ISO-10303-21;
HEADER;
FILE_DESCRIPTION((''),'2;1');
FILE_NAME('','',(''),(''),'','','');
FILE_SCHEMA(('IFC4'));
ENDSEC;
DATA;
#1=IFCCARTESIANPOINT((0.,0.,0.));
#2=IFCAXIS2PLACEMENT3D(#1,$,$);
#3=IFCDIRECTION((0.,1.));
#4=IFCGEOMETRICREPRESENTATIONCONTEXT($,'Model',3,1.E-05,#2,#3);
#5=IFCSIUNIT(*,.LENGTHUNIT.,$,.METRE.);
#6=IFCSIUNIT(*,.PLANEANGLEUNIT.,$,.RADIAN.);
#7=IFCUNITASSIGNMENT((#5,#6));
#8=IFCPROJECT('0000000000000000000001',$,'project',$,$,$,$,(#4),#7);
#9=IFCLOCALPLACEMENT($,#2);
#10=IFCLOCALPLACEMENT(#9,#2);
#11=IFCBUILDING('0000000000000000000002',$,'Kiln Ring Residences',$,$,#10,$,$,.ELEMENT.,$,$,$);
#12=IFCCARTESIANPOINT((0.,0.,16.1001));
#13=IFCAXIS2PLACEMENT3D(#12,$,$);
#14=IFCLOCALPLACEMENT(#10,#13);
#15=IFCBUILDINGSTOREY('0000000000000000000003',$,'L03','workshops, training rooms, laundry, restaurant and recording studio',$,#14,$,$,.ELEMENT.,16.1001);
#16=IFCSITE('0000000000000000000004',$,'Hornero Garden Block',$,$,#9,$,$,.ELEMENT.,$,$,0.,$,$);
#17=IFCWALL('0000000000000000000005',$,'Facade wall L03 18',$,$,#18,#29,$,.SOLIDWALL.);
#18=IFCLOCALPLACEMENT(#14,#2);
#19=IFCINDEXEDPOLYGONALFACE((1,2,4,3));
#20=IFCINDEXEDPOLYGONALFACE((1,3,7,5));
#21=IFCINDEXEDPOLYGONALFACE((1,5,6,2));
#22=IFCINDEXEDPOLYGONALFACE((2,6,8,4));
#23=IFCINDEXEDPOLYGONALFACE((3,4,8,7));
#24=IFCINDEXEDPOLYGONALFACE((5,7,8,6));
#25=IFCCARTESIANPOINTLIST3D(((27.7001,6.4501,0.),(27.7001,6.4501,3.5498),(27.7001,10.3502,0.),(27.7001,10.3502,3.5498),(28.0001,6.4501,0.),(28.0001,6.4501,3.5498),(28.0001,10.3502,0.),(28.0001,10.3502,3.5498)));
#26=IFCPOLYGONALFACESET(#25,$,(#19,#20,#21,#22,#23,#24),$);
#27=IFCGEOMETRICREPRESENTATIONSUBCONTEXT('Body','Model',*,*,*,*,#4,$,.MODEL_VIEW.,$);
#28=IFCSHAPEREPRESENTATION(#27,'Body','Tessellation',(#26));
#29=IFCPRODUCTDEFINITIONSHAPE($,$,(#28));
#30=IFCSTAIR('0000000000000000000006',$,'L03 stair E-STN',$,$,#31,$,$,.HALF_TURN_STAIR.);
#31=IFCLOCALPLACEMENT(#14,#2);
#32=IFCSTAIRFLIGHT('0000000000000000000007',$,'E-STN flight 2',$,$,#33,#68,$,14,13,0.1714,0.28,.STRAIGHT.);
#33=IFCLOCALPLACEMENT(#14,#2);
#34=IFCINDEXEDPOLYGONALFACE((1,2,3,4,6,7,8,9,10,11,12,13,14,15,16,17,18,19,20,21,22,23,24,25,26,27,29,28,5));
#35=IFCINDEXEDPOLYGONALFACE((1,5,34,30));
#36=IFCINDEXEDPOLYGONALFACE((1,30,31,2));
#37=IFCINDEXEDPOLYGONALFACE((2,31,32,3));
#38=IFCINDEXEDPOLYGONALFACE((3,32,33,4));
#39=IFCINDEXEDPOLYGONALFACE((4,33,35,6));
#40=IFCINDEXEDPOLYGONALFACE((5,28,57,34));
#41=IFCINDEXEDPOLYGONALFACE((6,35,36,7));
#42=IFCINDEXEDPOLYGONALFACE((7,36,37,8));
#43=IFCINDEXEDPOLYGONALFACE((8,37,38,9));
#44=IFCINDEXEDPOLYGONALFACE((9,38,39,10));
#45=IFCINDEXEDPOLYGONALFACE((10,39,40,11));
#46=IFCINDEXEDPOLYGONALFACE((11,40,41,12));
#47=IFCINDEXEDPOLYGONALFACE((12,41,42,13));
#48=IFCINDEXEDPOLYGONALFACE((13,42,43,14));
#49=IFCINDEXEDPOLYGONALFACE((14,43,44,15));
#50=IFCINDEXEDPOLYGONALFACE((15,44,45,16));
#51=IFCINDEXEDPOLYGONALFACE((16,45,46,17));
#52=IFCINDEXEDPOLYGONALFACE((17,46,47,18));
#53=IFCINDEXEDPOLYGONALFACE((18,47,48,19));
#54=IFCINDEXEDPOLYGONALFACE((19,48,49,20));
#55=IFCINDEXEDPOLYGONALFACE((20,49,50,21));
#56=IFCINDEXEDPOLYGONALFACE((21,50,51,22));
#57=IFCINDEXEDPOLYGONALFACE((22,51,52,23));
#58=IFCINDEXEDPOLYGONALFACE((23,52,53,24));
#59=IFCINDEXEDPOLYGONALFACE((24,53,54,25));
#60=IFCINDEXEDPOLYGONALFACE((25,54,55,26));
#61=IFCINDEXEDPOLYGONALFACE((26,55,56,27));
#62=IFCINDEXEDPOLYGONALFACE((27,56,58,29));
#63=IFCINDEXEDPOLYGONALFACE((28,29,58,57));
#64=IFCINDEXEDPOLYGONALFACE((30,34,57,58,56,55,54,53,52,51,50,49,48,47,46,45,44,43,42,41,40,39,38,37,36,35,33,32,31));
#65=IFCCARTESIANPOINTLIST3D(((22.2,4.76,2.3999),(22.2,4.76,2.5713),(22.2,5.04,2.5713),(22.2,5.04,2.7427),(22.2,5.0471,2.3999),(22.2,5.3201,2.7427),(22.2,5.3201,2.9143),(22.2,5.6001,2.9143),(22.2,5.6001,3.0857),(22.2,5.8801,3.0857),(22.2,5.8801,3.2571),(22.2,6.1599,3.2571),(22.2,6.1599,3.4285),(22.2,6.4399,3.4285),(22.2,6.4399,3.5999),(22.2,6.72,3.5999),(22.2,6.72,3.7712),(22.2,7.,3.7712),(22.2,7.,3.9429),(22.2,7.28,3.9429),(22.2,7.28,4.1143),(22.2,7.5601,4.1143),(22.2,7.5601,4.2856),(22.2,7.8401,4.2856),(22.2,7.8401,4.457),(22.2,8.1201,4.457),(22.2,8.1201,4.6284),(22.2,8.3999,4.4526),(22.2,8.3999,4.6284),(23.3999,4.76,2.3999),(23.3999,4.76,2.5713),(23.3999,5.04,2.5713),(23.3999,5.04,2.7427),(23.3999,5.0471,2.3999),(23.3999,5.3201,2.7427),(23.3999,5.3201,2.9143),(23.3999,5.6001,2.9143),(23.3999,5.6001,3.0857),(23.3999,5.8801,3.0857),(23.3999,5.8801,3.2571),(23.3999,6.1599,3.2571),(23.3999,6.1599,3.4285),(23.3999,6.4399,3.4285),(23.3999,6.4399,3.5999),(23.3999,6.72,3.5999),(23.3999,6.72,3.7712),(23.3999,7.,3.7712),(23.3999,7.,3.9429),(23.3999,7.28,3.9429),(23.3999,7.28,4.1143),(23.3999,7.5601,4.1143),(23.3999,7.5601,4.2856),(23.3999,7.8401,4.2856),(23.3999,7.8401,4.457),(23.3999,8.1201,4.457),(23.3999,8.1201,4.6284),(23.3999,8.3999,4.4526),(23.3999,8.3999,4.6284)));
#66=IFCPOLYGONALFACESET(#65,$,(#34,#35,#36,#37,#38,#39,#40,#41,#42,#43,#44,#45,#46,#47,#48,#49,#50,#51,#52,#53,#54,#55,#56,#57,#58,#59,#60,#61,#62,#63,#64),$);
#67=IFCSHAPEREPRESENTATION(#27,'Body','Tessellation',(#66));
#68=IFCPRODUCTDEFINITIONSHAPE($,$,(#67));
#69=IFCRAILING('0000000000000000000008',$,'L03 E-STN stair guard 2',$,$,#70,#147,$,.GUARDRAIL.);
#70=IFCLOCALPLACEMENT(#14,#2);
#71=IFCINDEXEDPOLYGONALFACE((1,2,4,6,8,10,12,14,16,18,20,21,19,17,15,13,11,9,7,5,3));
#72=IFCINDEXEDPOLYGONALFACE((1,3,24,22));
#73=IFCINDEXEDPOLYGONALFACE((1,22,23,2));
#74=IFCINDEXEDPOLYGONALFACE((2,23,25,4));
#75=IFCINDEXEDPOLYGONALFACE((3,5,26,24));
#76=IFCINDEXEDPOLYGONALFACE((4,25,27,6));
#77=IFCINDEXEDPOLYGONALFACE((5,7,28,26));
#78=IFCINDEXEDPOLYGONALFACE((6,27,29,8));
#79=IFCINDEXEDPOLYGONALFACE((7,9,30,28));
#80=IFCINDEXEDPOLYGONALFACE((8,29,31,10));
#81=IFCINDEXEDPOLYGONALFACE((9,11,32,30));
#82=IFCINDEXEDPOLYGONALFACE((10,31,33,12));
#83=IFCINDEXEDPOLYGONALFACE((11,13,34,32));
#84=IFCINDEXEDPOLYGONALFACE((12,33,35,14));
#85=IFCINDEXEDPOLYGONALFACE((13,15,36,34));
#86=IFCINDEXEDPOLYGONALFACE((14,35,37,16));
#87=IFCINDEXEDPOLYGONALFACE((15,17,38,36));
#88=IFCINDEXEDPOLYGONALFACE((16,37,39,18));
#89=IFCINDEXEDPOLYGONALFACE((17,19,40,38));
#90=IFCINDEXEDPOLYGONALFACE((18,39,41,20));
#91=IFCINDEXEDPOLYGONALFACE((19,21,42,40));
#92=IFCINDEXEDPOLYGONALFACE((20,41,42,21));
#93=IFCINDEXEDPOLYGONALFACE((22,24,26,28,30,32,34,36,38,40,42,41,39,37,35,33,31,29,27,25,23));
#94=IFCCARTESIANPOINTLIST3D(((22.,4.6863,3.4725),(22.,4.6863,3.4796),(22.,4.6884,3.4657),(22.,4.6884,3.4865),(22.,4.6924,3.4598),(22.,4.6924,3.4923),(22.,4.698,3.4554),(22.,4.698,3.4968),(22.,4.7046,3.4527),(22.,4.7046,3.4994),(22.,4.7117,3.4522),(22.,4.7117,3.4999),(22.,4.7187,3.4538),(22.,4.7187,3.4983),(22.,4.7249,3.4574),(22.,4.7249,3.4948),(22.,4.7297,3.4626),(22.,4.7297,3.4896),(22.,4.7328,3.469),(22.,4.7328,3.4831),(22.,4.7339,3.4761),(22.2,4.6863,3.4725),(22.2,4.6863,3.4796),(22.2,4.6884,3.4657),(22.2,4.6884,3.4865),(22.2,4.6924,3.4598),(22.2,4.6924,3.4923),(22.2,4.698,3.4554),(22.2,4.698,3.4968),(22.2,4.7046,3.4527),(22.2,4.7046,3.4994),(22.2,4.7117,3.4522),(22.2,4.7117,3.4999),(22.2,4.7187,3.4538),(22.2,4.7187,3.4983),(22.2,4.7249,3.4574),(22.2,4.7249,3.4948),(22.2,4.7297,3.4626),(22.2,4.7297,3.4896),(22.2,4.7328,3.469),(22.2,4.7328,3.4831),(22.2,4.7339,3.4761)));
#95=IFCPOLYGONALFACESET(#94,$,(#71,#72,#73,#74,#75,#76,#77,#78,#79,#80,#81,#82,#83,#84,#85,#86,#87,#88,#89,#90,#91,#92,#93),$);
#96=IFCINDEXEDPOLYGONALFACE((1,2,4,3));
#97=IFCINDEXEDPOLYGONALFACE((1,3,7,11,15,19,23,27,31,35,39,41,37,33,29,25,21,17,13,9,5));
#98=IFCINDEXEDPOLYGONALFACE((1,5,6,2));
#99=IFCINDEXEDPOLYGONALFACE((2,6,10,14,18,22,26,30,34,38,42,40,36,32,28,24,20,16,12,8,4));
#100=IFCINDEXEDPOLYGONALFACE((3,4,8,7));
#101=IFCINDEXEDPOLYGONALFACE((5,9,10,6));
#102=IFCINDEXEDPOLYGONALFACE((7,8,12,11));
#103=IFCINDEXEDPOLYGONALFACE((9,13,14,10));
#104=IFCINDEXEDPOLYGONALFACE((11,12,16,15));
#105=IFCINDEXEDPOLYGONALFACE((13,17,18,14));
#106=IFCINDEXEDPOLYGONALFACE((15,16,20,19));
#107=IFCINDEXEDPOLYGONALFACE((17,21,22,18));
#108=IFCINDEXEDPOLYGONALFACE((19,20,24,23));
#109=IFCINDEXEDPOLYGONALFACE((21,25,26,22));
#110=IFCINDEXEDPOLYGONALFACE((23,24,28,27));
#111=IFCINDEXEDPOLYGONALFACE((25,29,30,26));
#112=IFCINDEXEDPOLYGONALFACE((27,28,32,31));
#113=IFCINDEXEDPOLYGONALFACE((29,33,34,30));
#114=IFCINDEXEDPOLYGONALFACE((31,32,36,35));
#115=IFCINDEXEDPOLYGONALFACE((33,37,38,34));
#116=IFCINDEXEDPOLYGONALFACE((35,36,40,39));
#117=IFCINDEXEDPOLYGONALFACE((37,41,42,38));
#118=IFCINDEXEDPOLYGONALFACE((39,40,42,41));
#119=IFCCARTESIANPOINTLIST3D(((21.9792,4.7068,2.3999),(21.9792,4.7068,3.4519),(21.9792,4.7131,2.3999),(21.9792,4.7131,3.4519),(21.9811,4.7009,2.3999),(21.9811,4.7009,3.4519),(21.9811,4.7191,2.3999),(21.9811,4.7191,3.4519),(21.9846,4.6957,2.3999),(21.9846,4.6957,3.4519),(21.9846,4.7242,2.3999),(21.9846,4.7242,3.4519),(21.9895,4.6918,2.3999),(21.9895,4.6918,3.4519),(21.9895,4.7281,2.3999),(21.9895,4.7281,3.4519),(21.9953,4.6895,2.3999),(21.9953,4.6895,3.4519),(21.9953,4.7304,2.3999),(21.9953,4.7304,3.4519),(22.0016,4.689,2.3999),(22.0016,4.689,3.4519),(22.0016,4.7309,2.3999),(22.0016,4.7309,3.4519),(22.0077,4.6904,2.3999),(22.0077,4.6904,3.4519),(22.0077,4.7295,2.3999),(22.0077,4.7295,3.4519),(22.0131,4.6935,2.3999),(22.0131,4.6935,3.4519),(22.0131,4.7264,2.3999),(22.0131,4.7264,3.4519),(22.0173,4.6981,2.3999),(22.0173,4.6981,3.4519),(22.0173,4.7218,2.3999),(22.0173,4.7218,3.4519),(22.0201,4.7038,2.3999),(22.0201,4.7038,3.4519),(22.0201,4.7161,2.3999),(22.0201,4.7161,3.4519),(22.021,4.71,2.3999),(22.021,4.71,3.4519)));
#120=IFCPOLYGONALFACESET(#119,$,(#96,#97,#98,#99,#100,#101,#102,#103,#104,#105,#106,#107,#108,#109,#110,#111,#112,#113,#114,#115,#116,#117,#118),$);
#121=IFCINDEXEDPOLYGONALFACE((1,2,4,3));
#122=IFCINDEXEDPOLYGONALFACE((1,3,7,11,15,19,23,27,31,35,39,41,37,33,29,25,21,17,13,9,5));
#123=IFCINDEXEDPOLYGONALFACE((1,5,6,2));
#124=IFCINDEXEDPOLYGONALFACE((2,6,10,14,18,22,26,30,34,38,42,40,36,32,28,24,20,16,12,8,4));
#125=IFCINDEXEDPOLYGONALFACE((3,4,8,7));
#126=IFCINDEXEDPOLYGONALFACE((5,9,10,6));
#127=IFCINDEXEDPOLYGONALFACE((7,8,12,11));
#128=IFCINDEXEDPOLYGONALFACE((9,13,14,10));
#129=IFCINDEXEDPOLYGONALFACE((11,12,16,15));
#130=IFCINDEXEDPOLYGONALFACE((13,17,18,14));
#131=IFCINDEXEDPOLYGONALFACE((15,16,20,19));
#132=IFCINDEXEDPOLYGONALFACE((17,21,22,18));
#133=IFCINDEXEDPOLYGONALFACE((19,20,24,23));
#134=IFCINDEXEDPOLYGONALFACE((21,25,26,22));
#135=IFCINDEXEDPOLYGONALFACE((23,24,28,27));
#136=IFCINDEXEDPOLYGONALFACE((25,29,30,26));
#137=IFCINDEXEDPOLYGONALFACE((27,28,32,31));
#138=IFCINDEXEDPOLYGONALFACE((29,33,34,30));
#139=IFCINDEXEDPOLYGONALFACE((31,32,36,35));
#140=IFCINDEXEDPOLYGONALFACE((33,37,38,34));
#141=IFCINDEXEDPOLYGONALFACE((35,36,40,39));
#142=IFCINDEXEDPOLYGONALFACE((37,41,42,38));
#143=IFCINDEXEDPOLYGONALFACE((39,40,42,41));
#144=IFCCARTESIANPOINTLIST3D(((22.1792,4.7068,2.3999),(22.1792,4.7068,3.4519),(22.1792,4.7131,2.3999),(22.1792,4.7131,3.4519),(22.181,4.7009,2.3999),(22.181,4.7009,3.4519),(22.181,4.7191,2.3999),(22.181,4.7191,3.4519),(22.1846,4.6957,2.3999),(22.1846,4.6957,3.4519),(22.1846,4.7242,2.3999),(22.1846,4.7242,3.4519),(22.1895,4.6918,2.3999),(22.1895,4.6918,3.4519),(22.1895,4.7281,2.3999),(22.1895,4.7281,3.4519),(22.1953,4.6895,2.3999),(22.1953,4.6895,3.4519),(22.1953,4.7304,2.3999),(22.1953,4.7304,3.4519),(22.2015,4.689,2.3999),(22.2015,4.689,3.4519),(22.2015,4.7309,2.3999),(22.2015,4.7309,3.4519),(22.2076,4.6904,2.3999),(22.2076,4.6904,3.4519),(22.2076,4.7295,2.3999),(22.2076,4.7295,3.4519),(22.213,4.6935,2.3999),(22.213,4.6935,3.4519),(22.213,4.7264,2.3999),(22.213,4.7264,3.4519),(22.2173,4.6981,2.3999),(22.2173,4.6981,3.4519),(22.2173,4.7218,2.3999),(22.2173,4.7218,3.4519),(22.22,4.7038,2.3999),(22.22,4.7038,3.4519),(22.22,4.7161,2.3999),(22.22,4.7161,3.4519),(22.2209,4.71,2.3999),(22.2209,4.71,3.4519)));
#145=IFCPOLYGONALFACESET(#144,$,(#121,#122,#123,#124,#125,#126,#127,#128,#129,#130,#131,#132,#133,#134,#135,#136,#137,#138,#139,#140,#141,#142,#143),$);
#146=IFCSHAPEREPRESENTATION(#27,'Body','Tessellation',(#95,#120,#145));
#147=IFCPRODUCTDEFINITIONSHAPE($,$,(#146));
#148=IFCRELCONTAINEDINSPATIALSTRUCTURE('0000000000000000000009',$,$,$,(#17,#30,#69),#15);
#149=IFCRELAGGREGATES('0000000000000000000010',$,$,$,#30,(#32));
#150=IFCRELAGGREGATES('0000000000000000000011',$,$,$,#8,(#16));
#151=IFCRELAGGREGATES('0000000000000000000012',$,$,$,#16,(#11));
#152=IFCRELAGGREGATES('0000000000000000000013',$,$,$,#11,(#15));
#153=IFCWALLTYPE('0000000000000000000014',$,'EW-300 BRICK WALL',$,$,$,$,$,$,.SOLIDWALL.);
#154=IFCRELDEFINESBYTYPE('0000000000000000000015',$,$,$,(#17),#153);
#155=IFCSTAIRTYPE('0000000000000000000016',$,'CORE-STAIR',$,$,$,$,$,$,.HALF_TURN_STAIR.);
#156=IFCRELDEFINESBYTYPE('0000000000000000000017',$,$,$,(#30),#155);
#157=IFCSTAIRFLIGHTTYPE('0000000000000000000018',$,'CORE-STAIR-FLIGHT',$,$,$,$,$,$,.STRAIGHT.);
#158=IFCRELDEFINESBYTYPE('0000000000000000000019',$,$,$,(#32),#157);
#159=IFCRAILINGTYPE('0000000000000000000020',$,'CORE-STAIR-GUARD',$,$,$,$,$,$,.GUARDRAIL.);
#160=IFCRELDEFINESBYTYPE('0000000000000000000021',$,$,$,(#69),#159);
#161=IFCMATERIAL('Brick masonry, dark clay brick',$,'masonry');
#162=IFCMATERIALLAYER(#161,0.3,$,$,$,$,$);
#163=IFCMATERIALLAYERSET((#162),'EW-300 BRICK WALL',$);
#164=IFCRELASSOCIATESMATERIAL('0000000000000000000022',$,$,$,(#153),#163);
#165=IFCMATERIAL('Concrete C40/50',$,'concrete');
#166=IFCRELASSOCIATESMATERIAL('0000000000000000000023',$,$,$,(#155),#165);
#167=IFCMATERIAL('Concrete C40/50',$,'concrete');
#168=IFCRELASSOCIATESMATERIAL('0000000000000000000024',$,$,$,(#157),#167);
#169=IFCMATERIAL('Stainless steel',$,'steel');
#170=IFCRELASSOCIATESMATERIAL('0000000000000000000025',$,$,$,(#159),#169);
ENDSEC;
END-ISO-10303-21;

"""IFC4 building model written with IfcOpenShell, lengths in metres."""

from ifc_helpers import new_model, si_unit, direction, frame, frame_2d, origin, origin_2d, place, context, subcontext, project, spatial, polyline, rectangle, circle, outline, extrude, material, layer, layer_set, type_object, element, aggregate, save


model = new_model("IFC4")

# Units and contexts
model_context = context("Model", 3, precision=1e-05, world=origin(), true_north=direction((0.0, 1.0)))
body_context = subcontext(model_context, "Body", "Model", "MODEL_VIEW")
ifc_project = project(units=[si_unit("LENGTHUNIT", "METRE"), si_unit("PLANEANGLEUNIT", "RADIAN")], contexts=[model_context])

# Site, building, storey
site_placement = place(None, origin())
site = spatial("IfcSite", under=ifc_project, at=site_placement, Name="Hornero Garden Block", CompositionType="ELEMENT", RefElevation=0.0)
building_placement = place(site_placement, origin())
building = spatial("IfcBuilding", under=site, at=building_placement, Name="Kiln Ring Residences", CompositionType="ELEMENT")
storey_placement = place(building_placement, frame((0.0, 0.0, 16.1001)))
storey = spatial("IfcBuildingStorey", under=building, at=storey_placement, Name="L03", Description="workshops, training rooms, laundry, restaurant and recording studio", CompositionType="ELEMENT", Elevation=16.1001)

# Wall
ifc_material_1 = material(Name="Brick masonry, dark clay brick", Category="masonry")
ifc_layer_1 = layer(ifc_material_1, 0.3)
ifc_layer_set_1 = layer_set([ifc_layer_1], Name="EW-300 BRICK WALL")
wall_type_1 = type_object("IfcWallType", Name="EW-300 BRICK WALL", PredefinedType="SOLIDWALL", material=ifc_layer_set_1)
wall_1_placement = place(storey_placement, frame((27.8501, 6.45, 0.0), z_axis=(0.0, 0.0, 1.0), x_axis=(0.0, 1.0, 0.0)))
element("IfcWall", 1, at=wall_1_placement, inside=storey, type_object=wall_type_1, Name="Facade wall L03 18", PredefinedType="SOLIDWALL", context=body_context, shape_type="SweptSolid", body=[
    extrude(rectangle(XDim=3.9001, YDim=0.3, at=frame_2d((1.9502, 0.0))), origin(), (0.0, 0.0, 1.0), 3.5498),
])

# Stair, stair flight
ifc_material_2 = material(Name="Concrete C40/50", Category="concrete")
stair_type = type_object("IfcStairType", Name="CORE-STAIR", PredefinedType="HALF_TURN_STAIR", material=ifc_material_2)
stair_placement = place(storey_placement, origin())
stair = element("IfcStair", 2, at=stair_placement, inside=storey, type_object=stair_type, Name="L03 stair E-STN", PredefinedType="HALF_TURN_STAIR")
ifc_material_3 = material(Name="Concrete C40/50", Category="concrete")
stair_flight_type = type_object("IfcStairFlightType", Name="CORE-STAIR-FLIGHT", PredefinedType="STRAIGHT", material=ifc_material_3)
stair_flight_placement = place(storey_placement, frame((22.8, 4.76, 2.3999), z_axis=(0.0, 0.0, 1.0), x_axis=(0.0, 1.0, 0.0)))
stair_flight = element("IfcStairFlight", 3, at=stair_flight_placement, type_object=stair_flight_type, Name="E-STN flight 2", NumberOfRisers=14, NumberOfTreads=13, PredefinedType="STRAIGHT", RiserHeight=0.1714, TreadLength=0.28, context=body_context, shape_type="SweptSolid", body=[
    extrude(outline(polyline([(0.0, 0.0), (0.0, 0.1714), (0.28, 0.1714), (0.28, 0.3428), (0.5601, 0.3428), (0.5601, 0.5144), (0.8401, 0.5144), (0.8401, 0.6858), (1.1201, 0.6858), (1.1201, 0.8572), (1.3999, 0.8572), (1.3999, 1.0286), (1.6799, 1.0286), (1.6799, 1.2), (1.96, 1.2), (1.96, 1.3713), (2.24, 1.3713), (2.24, 1.543), (2.52, 1.543), (2.52, 1.7144), (2.8, 1.7144), (2.8, 1.8857), (3.0801, 1.8857), (3.0801, 2.0571), (3.3601, 2.0571), (3.3601, 2.2285), (3.6399, 2.2285), (3.6399, 2.3999), (3.6399, 2.0527), (0.2871, 0.0), (0.0, 0.0)])), frame((0.0, 0.6001, 0.0), z_axis=(0.0, -1.0, 0.0), x_axis=(1.0, 0.0, 0.0)), (0.0, 0.0, 1.0), 1.2),
])
aggregate(stair, [stair_flight])

# Railing
ifc_material_4 = material(Name="Stainless steel", Category="steel")
railing_type_1 = type_object("IfcRailingType", Name="CORE-STAIR-GUARD", PredefinedType="GUARDRAIL", material=ifc_material_4)
railing_1_placement = place(storey_placement, frame((22.0, 4.71, 2.3999)))
element("IfcRailing", 4, at=railing_1_placement, inside=storey, type_object=railing_type_1, Name="L03 E-STN stair guard 2", PredefinedType="GUARDRAIL", context=body_context, shape_type="SweptSolid", body=[
    extrude(circle(Radius=0.0239, at=origin_2d()), frame((0.0, 0.0, 1.0762), z_axis=(1.0, 0.0, 0.0), x_axis=(0.0, 1.0, 0.0)), (0.0, 0.0, 1.0), 0.2),
    extrude(circle(Radius=0.021, at=origin_2d()), origin(), (0.0, 0.0, 1.0), 1.052),
    extrude(circle(Radius=0.021, at=origin_2d()), frame((0.2, 0.0, 0.0)), (0.0, 0.0, 1.0), 1.052),
])

save(model, "model.ifc")
